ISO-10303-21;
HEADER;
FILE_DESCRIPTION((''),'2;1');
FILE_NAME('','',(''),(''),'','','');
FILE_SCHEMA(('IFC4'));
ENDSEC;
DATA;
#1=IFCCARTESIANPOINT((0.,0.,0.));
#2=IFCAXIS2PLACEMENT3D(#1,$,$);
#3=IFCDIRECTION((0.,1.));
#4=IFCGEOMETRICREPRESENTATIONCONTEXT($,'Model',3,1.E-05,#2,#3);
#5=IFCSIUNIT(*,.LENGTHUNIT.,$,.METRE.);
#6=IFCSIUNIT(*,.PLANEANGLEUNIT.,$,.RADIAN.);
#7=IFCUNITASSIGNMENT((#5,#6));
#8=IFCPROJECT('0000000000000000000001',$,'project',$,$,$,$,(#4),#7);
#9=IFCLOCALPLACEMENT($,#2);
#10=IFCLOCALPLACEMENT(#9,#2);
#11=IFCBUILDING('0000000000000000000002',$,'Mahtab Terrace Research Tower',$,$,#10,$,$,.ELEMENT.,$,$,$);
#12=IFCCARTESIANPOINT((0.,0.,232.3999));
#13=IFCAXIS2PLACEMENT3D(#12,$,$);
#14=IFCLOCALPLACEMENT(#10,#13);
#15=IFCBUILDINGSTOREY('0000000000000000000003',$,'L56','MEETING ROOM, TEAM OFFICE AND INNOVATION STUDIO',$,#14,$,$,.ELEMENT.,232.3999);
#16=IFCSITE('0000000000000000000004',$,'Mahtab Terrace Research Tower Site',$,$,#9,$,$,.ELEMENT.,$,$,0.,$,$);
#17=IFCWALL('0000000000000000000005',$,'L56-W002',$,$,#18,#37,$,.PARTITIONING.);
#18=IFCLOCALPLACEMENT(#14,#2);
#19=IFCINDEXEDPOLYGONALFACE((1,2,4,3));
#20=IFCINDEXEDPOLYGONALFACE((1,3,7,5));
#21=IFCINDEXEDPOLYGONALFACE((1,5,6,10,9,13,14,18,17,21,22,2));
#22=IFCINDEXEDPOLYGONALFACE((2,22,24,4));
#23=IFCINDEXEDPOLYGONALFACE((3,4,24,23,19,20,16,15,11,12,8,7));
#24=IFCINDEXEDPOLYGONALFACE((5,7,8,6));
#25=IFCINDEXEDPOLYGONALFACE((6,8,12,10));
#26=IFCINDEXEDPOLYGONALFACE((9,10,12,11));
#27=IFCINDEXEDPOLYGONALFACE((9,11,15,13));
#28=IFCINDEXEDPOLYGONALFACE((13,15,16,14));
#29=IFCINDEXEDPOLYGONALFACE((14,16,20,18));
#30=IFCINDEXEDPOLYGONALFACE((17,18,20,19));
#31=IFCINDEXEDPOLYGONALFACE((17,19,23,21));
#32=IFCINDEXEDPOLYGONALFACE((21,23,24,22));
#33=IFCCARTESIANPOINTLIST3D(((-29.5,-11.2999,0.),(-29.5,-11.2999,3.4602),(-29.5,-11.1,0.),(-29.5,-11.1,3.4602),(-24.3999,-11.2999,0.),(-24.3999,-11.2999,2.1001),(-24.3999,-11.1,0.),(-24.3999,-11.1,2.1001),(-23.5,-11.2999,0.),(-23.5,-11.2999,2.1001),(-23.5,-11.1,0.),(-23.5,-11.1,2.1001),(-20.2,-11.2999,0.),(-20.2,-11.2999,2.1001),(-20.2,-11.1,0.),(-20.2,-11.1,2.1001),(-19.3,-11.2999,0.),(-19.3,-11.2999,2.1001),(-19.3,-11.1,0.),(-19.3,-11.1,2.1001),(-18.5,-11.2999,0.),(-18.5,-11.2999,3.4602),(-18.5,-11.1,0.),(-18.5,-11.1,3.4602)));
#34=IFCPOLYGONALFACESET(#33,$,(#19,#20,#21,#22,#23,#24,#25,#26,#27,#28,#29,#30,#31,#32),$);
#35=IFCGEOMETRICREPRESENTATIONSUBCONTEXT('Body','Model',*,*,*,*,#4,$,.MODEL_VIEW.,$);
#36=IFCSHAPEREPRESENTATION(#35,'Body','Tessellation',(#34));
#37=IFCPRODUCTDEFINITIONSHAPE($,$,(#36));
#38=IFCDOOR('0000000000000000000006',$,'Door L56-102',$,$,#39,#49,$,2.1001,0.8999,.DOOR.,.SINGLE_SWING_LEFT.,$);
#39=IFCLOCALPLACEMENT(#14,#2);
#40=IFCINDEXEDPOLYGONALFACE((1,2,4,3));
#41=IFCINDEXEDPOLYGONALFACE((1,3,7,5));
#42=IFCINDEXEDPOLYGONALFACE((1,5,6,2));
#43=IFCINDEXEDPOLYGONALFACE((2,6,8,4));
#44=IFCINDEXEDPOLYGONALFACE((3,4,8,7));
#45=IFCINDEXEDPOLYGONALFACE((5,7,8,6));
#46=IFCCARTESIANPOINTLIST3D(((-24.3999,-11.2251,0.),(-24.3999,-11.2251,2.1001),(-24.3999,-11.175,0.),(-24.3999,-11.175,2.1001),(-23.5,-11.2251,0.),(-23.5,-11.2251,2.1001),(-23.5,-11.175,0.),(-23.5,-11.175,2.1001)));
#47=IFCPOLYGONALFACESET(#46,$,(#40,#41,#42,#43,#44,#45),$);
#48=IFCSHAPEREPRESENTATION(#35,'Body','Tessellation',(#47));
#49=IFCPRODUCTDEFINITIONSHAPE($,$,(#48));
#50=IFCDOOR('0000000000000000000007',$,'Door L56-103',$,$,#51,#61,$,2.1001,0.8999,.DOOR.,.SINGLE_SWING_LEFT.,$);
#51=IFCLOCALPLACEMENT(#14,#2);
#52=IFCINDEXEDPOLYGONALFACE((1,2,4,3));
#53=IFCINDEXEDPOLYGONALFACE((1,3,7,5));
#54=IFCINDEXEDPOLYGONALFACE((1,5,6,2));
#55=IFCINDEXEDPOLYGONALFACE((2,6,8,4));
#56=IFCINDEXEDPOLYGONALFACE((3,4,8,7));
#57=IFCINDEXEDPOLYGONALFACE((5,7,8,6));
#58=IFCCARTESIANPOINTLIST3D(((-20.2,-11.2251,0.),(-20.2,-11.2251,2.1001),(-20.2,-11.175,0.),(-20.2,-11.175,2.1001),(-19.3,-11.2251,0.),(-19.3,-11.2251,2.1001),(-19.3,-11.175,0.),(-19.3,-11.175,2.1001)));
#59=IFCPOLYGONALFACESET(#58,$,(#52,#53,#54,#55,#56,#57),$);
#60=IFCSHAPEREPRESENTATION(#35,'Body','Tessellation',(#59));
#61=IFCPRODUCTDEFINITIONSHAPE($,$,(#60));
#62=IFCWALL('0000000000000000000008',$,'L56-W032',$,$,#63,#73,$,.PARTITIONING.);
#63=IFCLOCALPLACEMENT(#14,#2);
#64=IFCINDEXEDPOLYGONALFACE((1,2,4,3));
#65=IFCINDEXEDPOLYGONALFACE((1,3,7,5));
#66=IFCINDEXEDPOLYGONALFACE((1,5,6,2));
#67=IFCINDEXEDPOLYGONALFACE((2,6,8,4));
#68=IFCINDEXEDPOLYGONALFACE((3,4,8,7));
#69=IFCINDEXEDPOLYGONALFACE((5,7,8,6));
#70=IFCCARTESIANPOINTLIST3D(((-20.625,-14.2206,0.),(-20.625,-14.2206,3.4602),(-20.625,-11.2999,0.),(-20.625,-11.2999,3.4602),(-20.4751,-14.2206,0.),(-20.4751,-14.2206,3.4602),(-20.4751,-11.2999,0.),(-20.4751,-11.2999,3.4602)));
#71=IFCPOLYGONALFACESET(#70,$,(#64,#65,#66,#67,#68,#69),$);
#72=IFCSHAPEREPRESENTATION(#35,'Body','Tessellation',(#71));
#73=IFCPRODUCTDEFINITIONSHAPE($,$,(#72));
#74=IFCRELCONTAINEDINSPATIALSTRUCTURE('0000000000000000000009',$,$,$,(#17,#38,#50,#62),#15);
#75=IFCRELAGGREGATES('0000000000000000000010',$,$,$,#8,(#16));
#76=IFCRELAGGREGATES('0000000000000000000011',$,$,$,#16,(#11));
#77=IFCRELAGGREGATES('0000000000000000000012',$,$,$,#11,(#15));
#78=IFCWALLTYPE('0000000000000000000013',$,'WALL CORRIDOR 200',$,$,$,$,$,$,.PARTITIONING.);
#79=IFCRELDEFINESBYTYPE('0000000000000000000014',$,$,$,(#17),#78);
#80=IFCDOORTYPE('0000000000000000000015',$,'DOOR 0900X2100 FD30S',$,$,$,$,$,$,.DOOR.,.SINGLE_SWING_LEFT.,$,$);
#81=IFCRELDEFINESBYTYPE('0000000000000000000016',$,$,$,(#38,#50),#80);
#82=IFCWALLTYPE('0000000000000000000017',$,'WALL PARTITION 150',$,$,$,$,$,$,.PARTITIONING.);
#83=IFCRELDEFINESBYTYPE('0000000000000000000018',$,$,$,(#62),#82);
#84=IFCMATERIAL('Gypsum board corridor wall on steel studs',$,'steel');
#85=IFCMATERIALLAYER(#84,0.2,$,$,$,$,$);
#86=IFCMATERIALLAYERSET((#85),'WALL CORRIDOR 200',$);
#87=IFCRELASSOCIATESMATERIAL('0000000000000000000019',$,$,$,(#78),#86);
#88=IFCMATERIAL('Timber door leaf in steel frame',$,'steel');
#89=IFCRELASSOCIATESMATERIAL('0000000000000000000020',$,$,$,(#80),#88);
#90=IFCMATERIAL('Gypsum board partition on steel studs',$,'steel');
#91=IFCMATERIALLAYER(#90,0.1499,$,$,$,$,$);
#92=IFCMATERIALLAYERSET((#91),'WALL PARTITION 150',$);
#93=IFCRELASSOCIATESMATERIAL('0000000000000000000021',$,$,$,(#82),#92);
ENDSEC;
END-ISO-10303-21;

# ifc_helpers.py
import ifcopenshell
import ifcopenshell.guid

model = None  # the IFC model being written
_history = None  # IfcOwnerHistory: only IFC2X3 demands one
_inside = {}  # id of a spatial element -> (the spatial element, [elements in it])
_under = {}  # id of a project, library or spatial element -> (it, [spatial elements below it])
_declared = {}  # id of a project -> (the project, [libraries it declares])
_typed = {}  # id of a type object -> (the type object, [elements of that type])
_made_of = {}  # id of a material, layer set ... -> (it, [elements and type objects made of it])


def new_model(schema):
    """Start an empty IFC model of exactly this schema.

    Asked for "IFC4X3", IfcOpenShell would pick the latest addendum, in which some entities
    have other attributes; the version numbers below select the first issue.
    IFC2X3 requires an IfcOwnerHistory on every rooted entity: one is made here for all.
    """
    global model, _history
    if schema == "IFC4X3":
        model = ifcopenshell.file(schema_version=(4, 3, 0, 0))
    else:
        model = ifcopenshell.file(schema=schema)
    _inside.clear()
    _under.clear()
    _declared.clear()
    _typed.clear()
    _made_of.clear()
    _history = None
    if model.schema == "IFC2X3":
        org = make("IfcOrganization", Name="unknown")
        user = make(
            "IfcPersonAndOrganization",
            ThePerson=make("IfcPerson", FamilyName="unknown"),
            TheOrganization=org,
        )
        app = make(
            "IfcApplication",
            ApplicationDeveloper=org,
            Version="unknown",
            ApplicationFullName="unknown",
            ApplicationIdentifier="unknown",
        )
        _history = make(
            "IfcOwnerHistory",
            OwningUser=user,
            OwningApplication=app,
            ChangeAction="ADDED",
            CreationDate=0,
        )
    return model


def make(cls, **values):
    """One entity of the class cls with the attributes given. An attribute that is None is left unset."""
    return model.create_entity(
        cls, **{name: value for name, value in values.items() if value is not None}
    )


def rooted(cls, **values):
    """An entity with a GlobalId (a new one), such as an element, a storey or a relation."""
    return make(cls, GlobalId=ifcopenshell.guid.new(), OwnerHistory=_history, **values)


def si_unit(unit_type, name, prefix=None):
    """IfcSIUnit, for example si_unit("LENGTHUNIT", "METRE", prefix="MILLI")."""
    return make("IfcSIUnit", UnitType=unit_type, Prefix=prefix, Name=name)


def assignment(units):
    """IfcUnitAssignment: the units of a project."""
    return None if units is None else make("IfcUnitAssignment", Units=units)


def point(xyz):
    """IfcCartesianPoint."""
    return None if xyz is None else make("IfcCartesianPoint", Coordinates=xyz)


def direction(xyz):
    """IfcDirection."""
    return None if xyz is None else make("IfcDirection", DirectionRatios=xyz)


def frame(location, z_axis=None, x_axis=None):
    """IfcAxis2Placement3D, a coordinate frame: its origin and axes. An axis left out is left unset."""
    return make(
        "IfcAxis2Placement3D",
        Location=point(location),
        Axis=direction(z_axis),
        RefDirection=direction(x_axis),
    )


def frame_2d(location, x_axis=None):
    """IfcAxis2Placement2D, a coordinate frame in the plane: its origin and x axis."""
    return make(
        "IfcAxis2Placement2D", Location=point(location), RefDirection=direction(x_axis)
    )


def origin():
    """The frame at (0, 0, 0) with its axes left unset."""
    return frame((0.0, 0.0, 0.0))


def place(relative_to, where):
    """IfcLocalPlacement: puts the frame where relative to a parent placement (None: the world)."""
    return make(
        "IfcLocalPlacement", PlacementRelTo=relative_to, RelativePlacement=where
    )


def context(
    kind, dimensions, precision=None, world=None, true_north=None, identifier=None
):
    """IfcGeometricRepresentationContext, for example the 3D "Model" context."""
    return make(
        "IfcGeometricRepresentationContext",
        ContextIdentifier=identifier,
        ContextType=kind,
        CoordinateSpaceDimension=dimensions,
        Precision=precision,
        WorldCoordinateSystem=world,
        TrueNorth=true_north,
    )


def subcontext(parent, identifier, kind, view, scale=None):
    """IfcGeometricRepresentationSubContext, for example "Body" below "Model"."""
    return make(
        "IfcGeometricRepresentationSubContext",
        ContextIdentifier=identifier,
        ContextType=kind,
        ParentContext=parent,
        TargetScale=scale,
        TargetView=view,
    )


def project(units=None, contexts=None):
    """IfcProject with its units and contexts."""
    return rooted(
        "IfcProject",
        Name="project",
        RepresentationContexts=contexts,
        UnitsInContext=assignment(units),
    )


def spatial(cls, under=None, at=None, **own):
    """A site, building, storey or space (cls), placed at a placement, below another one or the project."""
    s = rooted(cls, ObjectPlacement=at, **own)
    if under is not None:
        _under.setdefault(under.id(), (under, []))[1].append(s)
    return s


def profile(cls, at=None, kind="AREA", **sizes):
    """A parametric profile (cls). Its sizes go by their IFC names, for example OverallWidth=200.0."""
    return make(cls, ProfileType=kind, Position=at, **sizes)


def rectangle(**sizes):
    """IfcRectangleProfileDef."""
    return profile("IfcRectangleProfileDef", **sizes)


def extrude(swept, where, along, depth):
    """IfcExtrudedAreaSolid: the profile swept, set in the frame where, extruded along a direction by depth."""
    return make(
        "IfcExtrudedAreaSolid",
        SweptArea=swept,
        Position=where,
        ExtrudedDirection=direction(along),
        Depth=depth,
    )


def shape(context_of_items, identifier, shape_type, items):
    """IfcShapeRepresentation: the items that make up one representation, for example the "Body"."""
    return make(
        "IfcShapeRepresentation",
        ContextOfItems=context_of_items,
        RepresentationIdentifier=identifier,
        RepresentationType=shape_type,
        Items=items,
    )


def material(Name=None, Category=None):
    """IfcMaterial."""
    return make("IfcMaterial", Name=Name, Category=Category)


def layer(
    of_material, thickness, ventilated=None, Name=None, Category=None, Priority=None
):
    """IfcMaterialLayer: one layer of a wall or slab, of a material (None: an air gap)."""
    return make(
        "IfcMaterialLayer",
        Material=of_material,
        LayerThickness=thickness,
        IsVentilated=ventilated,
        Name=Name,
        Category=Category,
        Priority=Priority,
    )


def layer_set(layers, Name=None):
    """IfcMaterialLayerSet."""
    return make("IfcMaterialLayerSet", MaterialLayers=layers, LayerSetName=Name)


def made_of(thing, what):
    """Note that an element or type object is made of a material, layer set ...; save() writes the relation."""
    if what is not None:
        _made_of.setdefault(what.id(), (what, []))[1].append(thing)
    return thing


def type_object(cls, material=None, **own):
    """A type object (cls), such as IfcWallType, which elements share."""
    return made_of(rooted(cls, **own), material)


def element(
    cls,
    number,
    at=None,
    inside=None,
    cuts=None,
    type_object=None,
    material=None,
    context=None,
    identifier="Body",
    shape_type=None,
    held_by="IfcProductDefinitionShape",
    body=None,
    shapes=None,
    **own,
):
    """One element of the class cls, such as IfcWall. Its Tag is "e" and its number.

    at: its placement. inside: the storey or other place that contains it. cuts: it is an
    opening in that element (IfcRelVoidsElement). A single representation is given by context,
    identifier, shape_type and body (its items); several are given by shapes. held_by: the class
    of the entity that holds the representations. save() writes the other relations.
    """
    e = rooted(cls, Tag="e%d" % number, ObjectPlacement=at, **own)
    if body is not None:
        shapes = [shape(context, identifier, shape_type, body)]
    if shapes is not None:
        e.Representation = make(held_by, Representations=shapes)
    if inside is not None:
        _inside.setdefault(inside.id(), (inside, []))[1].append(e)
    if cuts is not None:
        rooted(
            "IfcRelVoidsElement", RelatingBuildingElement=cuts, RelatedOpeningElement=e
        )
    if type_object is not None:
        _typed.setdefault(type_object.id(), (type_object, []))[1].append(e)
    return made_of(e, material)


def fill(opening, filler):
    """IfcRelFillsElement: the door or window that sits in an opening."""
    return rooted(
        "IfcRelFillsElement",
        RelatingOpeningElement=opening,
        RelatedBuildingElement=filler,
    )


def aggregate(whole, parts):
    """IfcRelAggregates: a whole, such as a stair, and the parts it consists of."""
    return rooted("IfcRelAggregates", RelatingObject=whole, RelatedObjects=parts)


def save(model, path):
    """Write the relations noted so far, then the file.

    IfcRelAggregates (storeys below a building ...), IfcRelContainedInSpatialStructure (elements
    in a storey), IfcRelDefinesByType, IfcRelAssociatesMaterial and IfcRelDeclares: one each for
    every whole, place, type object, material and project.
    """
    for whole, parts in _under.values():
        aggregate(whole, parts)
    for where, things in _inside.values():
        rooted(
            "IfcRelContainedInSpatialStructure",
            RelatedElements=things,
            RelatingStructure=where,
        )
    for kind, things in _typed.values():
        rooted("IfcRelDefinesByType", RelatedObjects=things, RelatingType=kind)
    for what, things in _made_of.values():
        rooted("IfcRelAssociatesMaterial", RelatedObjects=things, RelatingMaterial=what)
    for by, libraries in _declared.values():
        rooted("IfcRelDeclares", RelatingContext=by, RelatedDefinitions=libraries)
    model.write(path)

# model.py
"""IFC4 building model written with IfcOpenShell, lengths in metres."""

from ifc_helpers import new_model, si_unit, direction, frame, frame_2d, origin, place, context, subcontext, project, spatial, rectangle, extrude, material, layer, layer_set, type_object, element, fill, save


model = new_model("IFC4")

# Units and contexts
model_context = context("Model", 3, precision=1e-05, world=origin(), true_north=direction((0.0, 1.0)))
body_context = subcontext(model_context, "Body", "Model", "MODEL_VIEW")
ifc_project = project(units=[si_unit("LENGTHUNIT", "METRE"), si_unit("PLANEANGLEUNIT", "RADIAN")], contexts=[model_context])

# Site, building, storey
site_placement = place(None, origin())
site = spatial("IfcSite", under=ifc_project, at=site_placement, Name="Mahtab Terrace Research Tower Site", CompositionType="ELEMENT", RefElevation=0.0)
building_placement = place(site_placement, origin())
building = spatial("IfcBuilding", under=site, at=building_placement, Name="Mahtab Terrace Research Tower", CompositionType="ELEMENT")
storey_placement = place(building_placement, frame((0.0, 0.0, 232.3999)))
storey = spatial("IfcBuildingStorey", under=building, at=storey_placement, Name="L56", Description="MEETING ROOM, TEAM OFFICE AND INNOVATION STUDIO", CompositionType="ELEMENT", Elevation=232.3999)

# Wall, openings, doors
ifc_material_1 = material(Name="Gypsum board corridor wall on steel studs", Category="steel")
ifc_layer_1 = layer(ifc_material_1, 0.2)
ifc_layer_set_1 = layer_set([ifc_layer_1], Name="WALL CORRIDOR 200")
wall_type_1 = type_object("IfcWallType", Name="WALL CORRIDOR 200", PredefinedType="PARTITIONING", material=ifc_layer_set_1)
wall_1_placement = place(storey_placement, frame((-29.5, -11.2, 0.0), z_axis=(0.0, 0.0, 1.0), x_axis=(1.0, 0.0, 0.0)))
wall_1 = element("IfcWall", 1, at=wall_1_placement, inside=storey, type_object=wall_type_1, Name="L56-W002", PredefinedType="PARTITIONING", context=body_context, shape_type="SweptSolid", body=[
    extrude(rectangle(XDim=11.0, YDim=0.2, at=frame_2d((5.5, 0.0))), origin(), (0.0, 0.0, 1.0), 3.4602),
])
opening_1_placement = place(wall_1_placement, frame((5.1001, 0.0, 0.0)))
opening_1 = element("IfcOpeningElement", 2, at=opening_1_placement, cuts=wall_1, PredefinedType="OPENING", context=body_context, shape_type="SweptSolid", body=[
    extrude(rectangle(XDim=0.8999, YDim=2.1001, at=frame_2d((0.45, 1.05))), frame((0.0, 0.1099, 0.0), z_axis=(0.0, -1.0, 0.0), x_axis=(1.0, 0.0, 0.0)), (0.0, 0.0, 1.0), 0.22),
])
opening_2_placement = place(wall_1_placement, frame((9.3, 0.0, 0.0)))
opening_2 = element("IfcOpeningElement", 3, at=opening_2_placement, cuts=wall_1, PredefinedType="OPENING", context=body_context, shape_type="SweptSolid", body=[
    extrude(rectangle(XDim=0.8999, YDim=2.1001, at=frame_2d((0.45, 1.05))), frame((0.0, 0.1099, 0.0), z_axis=(0.0, -1.0, 0.0), x_axis=(1.0, 0.0, 0.0)), (0.0, 0.0, 1.0), 0.22),
])
ifc_material_2 = material(Name="Timber door leaf in steel frame", Category="steel")
door_type_1 = type_object("IfcDoorType", Name="DOOR 0900X2100 FD30S", OperationType="SINGLE_SWING_LEFT", PredefinedType="DOOR", material=ifc_material_2)
door_1_placement = place(opening_1_placement, origin())
door_1 = element("IfcDoor", 4, at=door_1_placement, inside=storey, type_object=door_type_1, Name="Door L56-102", OperationType="SINGLE_SWING_LEFT", OverallHeight=2.1001, OverallWidth=0.8999, PredefinedType="DOOR", context=body_context, shape_type="SweptSolid", body=[
    extrude(rectangle(XDim=0.8999, YDim=2.1001, at=frame_2d((0.45, 1.05))), frame((0.0, 0.0249, 0.0), z_axis=(0.0, -1.0, 0.0), x_axis=(1.0, 0.0, 0.0)), (0.0, 0.0, 1.0), 0.05),
])
fill(opening_1, door_1)
door_2_placement = place(opening_2_placement, origin())
door_2 = element("IfcDoor", 5, at=door_2_placement, inside=storey, type_object=door_type_1, Name="Door L56-103", OperationType="SINGLE_SWING_LEFT", OverallHeight=2.1001, OverallWidth=0.8999, PredefinedType="DOOR", context=body_context, shape_type="SweptSolid", body=[
    extrude(rectangle(XDim=0.8999, YDim=2.1001, at=frame_2d((0.45, 1.05))), frame((0.0, 0.0249, 0.0), z_axis=(0.0, -1.0, 0.0), x_axis=(1.0, 0.0, 0.0)), (0.0, 0.0, 1.0), 0.05),
])
fill(opening_2, door_2)

# Wall
ifc_material_3 = material(Name="Gypsum board partition on steel studs", Category="steel")
ifc_layer_2 = layer(ifc_material_3, 0.1499)
ifc_layer_set_2 = layer_set([ifc_layer_2], Name="WALL PARTITION 150")
wall_type_2 = type_object("IfcWallType", Name="WALL PARTITION 150", PredefinedType="PARTITIONING", material=ifc_layer_set_2)
wall_2_placement = place(storey_placement, frame((-20.55, -14.2207, 0.0), z_axis=(0.0, 0.0, 1.0), x_axis=(0.0, 1.0, 0.0)))
element("IfcWall", 6, at=wall_2_placement, inside=storey, type_object=wall_type_2, Name="L56-W032", PredefinedType="PARTITIONING", context=body_context, shape_type="SweptSolid", body=[
    extrude(rectangle(XDim=2.9207, YDim=0.1499, at=frame_2d((1.4604, 0.0))), origin(), (0.0, 0.0, 1.0), 3.4602),
])

save(model, "model.ifc")
